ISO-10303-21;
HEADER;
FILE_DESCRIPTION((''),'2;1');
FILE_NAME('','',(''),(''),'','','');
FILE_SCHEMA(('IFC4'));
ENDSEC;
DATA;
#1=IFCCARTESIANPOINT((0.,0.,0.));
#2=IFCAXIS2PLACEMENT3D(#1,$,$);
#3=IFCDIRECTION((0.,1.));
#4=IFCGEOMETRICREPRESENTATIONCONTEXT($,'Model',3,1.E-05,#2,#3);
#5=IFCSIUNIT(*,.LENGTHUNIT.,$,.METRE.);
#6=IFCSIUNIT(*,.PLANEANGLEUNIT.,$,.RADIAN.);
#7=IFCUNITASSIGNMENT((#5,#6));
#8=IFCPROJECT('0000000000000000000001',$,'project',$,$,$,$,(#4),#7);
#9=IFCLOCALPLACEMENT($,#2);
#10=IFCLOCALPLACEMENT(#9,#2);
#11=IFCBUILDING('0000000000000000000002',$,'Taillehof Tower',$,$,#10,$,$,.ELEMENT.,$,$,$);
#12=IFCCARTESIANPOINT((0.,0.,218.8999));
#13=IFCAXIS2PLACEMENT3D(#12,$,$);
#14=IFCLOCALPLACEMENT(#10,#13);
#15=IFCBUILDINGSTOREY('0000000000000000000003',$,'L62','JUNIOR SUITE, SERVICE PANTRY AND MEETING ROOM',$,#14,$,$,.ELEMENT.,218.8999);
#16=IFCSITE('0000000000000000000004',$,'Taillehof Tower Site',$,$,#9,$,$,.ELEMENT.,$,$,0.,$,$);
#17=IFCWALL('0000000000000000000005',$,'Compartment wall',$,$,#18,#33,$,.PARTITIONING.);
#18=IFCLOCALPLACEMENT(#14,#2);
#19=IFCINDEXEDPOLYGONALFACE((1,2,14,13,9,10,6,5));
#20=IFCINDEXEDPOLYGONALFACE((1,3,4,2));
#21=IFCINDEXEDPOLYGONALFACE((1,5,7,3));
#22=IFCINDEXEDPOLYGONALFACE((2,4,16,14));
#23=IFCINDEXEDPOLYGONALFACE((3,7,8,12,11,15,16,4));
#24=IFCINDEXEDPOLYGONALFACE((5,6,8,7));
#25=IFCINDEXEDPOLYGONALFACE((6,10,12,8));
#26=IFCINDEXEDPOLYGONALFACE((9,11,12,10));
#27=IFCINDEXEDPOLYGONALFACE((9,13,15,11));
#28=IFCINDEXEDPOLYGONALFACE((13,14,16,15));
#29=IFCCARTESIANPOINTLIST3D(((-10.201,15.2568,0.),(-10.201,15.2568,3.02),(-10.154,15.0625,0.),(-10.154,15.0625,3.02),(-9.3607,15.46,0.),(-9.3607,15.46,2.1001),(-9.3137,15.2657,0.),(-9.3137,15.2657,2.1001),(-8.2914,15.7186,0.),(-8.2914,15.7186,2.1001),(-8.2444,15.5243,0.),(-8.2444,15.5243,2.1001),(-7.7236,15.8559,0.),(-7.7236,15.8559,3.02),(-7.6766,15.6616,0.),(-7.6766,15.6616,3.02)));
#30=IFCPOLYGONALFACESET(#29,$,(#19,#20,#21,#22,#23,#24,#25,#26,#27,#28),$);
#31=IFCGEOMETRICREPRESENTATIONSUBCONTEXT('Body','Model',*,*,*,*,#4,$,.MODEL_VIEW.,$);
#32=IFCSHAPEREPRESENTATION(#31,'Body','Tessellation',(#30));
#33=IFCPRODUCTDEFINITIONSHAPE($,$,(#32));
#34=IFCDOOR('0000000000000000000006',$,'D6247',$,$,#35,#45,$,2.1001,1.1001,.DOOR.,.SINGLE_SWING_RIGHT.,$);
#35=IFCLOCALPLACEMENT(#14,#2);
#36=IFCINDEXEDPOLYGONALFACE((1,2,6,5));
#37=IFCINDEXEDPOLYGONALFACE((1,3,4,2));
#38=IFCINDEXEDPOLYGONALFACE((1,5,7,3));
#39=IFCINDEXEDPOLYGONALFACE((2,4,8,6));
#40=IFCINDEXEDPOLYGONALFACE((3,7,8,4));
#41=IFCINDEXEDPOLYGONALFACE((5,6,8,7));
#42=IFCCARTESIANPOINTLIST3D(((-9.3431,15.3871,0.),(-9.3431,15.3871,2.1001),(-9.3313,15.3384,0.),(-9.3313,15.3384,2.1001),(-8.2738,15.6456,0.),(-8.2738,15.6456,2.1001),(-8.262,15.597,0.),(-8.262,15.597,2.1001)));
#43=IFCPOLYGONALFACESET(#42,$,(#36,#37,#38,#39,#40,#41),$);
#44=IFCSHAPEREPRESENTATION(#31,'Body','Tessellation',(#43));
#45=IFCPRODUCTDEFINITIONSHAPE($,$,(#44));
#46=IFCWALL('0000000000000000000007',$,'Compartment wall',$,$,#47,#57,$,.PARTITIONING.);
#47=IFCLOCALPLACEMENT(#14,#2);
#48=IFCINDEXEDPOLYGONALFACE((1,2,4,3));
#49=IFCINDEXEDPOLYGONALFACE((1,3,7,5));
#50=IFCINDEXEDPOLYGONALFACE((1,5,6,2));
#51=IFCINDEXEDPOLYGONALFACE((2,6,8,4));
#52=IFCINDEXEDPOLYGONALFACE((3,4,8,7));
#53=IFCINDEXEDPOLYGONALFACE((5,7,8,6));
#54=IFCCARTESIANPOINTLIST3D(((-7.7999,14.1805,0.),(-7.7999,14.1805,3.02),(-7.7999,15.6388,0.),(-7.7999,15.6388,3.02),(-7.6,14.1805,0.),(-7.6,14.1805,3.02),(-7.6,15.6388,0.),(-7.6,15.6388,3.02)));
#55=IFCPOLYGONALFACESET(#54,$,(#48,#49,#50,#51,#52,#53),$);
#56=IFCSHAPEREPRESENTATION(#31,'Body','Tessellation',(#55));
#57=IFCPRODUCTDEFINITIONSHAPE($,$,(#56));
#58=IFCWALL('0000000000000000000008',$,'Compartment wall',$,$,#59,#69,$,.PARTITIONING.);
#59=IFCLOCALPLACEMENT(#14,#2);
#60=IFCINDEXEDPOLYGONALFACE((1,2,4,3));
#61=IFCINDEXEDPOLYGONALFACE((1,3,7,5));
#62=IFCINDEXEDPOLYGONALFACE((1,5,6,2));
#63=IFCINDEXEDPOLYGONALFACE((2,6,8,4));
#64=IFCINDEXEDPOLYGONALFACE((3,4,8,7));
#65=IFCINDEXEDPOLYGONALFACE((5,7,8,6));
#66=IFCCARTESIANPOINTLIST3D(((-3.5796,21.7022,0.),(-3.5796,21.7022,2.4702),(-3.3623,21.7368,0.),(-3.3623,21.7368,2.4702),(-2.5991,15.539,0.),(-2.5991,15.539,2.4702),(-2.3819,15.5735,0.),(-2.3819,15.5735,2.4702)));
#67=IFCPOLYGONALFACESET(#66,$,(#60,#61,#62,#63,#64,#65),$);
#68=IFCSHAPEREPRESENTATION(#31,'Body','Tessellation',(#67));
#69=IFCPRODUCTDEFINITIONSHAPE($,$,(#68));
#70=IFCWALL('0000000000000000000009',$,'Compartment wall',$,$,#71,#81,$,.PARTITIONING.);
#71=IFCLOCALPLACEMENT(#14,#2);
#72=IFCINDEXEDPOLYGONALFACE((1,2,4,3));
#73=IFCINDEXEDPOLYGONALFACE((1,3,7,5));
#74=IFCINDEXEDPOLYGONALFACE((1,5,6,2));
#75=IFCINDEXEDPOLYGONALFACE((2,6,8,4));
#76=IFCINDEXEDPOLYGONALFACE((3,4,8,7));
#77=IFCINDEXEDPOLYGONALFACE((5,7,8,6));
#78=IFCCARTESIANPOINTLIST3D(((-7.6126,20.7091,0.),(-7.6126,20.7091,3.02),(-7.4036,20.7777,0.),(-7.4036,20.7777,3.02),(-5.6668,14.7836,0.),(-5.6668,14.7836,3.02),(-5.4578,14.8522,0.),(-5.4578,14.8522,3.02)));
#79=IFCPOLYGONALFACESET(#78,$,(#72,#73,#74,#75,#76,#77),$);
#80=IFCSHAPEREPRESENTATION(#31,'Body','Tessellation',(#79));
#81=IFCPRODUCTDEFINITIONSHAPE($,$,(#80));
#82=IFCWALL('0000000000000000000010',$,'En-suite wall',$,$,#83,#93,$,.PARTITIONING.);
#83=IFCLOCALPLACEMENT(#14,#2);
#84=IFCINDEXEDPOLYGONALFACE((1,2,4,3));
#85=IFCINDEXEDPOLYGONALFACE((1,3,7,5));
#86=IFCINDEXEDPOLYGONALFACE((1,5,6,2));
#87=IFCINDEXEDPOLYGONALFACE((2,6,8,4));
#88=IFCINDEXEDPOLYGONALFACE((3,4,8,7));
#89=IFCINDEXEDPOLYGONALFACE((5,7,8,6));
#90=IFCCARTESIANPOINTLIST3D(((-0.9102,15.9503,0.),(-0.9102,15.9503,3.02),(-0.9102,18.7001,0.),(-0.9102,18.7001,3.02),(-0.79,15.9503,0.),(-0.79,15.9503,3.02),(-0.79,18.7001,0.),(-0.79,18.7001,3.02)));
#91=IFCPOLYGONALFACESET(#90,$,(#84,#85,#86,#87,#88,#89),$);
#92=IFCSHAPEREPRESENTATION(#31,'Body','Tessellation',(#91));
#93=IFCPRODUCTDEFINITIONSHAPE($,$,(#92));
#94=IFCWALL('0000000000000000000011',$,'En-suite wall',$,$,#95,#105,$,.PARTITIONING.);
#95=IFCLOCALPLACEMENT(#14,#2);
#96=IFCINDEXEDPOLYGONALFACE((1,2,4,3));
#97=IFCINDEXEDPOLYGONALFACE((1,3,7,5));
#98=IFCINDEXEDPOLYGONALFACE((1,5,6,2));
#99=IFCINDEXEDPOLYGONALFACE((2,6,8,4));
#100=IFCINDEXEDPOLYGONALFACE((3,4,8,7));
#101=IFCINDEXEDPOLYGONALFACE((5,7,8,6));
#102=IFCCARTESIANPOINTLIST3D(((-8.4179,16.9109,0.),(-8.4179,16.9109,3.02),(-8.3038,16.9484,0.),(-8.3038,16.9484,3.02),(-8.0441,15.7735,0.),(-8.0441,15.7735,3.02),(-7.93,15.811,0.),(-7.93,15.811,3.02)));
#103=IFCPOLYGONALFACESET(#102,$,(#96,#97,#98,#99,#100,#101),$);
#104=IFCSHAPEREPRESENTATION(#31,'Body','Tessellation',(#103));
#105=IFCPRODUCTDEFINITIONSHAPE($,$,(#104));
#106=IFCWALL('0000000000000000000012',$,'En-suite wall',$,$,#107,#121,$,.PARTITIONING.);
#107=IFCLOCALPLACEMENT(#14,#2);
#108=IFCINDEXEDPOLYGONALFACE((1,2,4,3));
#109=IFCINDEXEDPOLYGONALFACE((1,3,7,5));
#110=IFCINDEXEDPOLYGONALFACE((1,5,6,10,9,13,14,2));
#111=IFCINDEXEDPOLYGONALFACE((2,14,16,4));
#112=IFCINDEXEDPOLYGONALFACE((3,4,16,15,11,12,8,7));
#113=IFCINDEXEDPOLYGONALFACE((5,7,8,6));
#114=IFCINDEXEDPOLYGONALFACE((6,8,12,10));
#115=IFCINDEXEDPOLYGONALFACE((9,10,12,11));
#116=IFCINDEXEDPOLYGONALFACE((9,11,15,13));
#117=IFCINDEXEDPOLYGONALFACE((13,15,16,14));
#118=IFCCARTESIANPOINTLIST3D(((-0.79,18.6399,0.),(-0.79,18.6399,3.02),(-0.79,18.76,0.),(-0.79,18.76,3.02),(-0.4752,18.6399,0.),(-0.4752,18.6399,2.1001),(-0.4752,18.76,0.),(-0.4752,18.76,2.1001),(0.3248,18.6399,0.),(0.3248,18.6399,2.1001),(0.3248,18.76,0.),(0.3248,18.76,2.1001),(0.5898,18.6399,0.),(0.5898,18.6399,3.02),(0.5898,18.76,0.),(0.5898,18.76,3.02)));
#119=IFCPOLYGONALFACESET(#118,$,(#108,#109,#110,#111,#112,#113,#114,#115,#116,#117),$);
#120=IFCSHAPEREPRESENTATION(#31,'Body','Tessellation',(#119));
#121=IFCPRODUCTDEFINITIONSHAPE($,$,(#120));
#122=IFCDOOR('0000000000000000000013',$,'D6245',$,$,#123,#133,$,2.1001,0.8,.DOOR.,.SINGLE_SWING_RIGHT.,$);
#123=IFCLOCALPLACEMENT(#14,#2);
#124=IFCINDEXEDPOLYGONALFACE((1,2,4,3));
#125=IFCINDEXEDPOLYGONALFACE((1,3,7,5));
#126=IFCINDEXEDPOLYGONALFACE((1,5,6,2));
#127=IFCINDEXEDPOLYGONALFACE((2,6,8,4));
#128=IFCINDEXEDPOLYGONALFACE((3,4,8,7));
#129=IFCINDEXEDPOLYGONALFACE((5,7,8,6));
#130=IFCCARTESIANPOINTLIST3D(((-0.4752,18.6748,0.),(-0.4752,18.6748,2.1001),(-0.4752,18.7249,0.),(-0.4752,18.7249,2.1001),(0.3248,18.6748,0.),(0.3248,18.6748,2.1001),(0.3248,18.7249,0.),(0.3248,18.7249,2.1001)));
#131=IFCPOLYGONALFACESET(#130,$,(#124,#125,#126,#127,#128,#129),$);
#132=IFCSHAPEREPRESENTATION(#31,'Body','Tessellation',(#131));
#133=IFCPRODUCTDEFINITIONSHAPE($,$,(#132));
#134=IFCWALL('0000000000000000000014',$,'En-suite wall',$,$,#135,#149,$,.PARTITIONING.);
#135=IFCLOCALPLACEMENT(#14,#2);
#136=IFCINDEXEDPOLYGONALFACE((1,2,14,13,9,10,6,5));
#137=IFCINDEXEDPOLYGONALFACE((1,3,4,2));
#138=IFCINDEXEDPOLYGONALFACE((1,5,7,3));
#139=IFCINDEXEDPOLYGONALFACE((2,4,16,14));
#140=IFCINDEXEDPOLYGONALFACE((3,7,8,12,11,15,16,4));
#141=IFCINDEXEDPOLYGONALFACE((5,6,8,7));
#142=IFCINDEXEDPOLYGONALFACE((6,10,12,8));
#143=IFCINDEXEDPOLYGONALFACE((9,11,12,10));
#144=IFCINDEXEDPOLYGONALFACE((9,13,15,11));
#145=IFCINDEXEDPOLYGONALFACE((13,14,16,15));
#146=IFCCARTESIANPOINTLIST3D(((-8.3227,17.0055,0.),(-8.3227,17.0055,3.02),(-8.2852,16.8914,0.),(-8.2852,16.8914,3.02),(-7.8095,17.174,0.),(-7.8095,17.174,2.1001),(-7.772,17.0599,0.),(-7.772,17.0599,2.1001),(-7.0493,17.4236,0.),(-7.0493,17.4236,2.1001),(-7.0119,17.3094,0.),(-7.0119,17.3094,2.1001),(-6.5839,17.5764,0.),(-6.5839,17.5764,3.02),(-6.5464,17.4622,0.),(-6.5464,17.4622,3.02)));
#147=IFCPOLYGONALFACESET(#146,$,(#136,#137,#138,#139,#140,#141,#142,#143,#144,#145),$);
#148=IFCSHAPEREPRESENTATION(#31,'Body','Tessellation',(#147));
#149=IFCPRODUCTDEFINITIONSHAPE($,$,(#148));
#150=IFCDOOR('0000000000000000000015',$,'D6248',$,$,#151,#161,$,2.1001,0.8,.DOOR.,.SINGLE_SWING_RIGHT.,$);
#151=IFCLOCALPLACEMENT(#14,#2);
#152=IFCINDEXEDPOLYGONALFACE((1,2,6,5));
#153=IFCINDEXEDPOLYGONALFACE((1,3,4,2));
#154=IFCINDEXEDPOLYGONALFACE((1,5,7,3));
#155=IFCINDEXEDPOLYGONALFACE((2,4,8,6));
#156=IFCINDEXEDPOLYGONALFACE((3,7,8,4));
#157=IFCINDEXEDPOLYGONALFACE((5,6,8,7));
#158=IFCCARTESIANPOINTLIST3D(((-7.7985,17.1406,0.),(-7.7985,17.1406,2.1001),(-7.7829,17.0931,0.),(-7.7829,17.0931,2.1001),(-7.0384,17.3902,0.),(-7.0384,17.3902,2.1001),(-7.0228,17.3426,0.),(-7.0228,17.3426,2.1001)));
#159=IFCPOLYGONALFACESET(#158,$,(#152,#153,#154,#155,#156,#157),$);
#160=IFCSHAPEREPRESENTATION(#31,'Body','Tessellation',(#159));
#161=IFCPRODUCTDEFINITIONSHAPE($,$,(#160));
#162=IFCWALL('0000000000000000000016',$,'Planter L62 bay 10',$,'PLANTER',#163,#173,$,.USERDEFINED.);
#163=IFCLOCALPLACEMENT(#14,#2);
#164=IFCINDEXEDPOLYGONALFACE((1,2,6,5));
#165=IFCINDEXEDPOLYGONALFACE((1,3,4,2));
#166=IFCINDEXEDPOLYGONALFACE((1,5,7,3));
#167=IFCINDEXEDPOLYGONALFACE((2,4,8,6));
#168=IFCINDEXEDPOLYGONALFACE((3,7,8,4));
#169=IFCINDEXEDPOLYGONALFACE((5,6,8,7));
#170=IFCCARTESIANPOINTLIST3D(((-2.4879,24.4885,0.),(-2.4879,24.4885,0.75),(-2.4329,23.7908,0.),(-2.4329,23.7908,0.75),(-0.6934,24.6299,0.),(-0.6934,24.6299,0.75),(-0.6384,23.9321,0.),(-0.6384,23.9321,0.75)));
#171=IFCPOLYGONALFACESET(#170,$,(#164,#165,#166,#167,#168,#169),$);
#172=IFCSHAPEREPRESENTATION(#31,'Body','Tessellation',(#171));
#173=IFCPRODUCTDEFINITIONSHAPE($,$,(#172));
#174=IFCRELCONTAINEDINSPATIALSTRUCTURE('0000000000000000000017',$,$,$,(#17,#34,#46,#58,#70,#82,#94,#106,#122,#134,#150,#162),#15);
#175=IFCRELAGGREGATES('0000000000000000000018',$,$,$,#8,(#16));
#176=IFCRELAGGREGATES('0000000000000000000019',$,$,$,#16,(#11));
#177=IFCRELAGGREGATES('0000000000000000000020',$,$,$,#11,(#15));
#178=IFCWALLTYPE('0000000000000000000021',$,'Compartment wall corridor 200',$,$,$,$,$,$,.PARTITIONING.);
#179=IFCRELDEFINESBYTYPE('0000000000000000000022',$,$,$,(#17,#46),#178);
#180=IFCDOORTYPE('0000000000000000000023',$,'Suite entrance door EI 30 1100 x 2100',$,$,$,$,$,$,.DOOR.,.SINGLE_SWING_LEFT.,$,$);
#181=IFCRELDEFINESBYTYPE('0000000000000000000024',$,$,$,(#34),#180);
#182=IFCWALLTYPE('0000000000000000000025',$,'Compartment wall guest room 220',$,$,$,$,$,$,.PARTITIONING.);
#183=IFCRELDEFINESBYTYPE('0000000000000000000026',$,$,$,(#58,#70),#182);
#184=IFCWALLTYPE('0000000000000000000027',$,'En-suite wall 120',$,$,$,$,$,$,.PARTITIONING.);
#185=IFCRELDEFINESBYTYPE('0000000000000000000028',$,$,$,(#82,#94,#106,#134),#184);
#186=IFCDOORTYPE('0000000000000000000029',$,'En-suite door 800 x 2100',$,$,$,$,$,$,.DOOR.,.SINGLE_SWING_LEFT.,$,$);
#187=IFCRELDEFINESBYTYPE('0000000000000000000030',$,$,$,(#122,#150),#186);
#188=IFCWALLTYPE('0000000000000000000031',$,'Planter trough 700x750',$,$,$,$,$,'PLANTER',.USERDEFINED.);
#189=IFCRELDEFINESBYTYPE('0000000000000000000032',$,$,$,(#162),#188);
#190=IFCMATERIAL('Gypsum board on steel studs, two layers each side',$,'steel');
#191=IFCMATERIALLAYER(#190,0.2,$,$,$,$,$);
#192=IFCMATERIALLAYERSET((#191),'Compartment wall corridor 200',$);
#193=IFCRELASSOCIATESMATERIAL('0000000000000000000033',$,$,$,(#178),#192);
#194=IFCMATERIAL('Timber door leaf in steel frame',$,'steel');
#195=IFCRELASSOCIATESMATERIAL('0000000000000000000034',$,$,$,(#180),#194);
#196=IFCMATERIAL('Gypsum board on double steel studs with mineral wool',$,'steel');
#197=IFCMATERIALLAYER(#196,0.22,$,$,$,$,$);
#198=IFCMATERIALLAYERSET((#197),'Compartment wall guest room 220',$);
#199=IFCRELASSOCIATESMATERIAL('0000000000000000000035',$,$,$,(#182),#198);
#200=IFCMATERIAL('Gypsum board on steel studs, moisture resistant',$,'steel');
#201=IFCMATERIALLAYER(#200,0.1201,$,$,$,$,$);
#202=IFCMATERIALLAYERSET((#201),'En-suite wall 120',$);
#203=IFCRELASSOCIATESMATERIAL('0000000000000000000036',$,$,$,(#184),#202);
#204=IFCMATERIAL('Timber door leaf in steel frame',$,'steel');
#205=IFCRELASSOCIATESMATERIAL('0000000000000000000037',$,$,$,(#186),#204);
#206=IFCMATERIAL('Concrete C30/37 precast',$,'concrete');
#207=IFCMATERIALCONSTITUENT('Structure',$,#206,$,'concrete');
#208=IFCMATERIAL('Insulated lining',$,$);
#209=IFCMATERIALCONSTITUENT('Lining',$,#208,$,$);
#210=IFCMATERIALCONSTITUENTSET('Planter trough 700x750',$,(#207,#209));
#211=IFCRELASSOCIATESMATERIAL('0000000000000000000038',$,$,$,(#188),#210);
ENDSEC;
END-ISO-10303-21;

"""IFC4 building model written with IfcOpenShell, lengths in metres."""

from ifc_helpers import new_model, si_unit, direction, frame, frame_2d, origin, place, context, subcontext, project, spatial, rectangle, extrude, material, layer, layer_set, constituent, constituent_set, type_object, element, fill, save


model = new_model("IFC4")

# Units and contexts
model_context = context("Model", 3, precision=1e-05, world=origin(), true_north=direction((0.0, 1.0)))
body_context = subcontext(model_context, "Body", "Model", "MODEL_VIEW")
ifc_project = project(units=[si_unit("LENGTHUNIT", "METRE"), si_unit("PLANEANGLEUNIT", "RADIAN")], contexts=[model_context])

# Site, building, storey
site_placement = place(None, origin())
site = spatial("IfcSite", under=ifc_project, at=site_placement, Name="Taillehof Tower Site", CompositionType="ELEMENT", RefElevation=0.0)
building_placement = place(site_placement, origin())
building = spatial("IfcBuilding", under=site, at=building_placement, Name="Taillehof Tower", CompositionType="ELEMENT")
storey_placement = place(building_placement, frame((0.0, 0.0, 218.8999)))
storey = spatial("IfcBuildingStorey", under=building, at=storey_placement, Name="L62", Description="JUNIOR SUITE, SERVICE PANTRY AND MEETING ROOM", CompositionType="ELEMENT", Elevation=218.8999)

# Shared definitions
ifc_material_1 = material(Name="Gypsum board on steel studs, two layers each side", Category="steel")
ifc_layer_1 = layer(ifc_material_1, 0.2)
ifc_layer_set_1 = layer_set([ifc_layer_1], Name="Compartment wall corridor 200")
wall_type_1 = type_object("IfcWallType", Name="Compartment wall corridor 200", PredefinedType="PARTITIONING", material=ifc_layer_set_1)

# Wall, opening, door
wall_1_placement = place(storey_placement, frame((-10.1775, 15.1597, 0.0), z_axis=(0.0, 0.0, 1.0), x_axis=(0.971984, 0.235046, 0.0)))
wall_1 = element("IfcWall", 1, at=wall_1_placement, inside=storey, type_object=wall_type_1, Name="Compartment wall", PredefinedType="PARTITIONING", context=body_context, shape_type="SweptSolid", body=[
    extrude(rectangle(XDim=2.5488, YDim=0.2, at=frame_2d((1.2744, 0.0))), origin(), (0.0, 0.0, 1.0), 3.02),
])
opening_1_placement = place(wall_1_placement, frame((0.8645, 0.0, 0.0)))
opening_1 = element("IfcOpeningElement", 2, at=opening_1_placement, cuts=wall_1, PredefinedType="OPENING", context=body_context, shape_type="SweptSolid", body=[
    extrude(rectangle(XDim=1.1001, YDim=2.1001, at=frame_2d((0.55, 1.05))), frame((0.0, 0.1099, 0.0), z_axis=(0.0, -1.0, 0.0), x_axis=(1.0, 0.0, 0.0)), (0.0, 0.0, 1.0), 0.22),
])
ifc_material_2 = material(Name="Timber door leaf in steel frame", Category="steel")
door_type_1 = type_object("IfcDoorType", Name="Suite entrance door EI 30 1100 x 2100", OperationType="SINGLE_SWING_LEFT", PredefinedType="DOOR", material=ifc_material_2)
door_1_placement = place(opening_1_placement, origin())
door_1 = element("IfcDoor", 3, at=door_1_placement, inside=storey, type_object=door_type_1, Name="D6247", OperationType="SINGLE_SWING_RIGHT", OverallHeight=2.1001, OverallWidth=1.1001, PredefinedType="DOOR", context=body_context, shape_type="SweptSolid", body=[
    extrude(rectangle(XDim=1.1001, YDim=2.1001, at=frame_2d((0.55, 1.05))), frame((0.0, 0.0249, 0.0), z_axis=(0.0, -1.0, 0.0), x_axis=(1.0, 0.0, 0.0)), (0.0, 0.0, 1.0), 0.05),
])
fill(opening_1, door_1)

# Walls
wall_2_placement = place(storey_placement, frame((-7.7, 15.6387, 0.0), z_axis=(0.0, 0.0, 1.0), x_axis=(0.0, -1.0, 0.0)))
element("IfcWall", 4, at=wall_2_placement, inside=storey, type_object=wall_type_1, Name="Compartment wall", PredefinedType="PARTITIONING", context=body_context, shape_type="SweptSolid", body=[
    extrude(rectangle(XDim=1.4583, YDim=0.2, at=frame_2d((0.729, 0.0))), origin(), (0.0, 0.0, 1.0), 3.02),
])
ifc_material_3 = material(Name="Gypsum board on double steel studs with mineral wool", Category="steel")
ifc_layer_2 = layer(ifc_material_3, 0.22)
ifc_layer_set_2 = layer_set([ifc_layer_2], Name="Compartment wall guest room 220")
wall_type_2 = type_object("IfcWallType", Name="Compartment wall guest room 220", PredefinedType="PARTITIONING", material=ifc_layer_set_2)
wall_3_placement = place(storey_placement, frame((-3.4709, 21.7195, 0.0), z_axis=(0.0, 0.0, 1.0), x_axis=(0.157106, -0.987582, 0.0)))
element("IfcWall", 5, at=wall_3_placement, inside=storey, type_object=wall_type_2, Name="Compartment wall", PredefinedType="PARTITIONING", context=body_context, shape_type="SweptSolid", body=[
    extrude(rectangle(XDim=6.2407, YDim=0.22, at=frame_2d((3.1204, 0.0))), origin(), (0.0, 0.0, 1.0), 2.4702),
])
wall_4_placement = place(storey_placement, frame((-7.5081, 20.7434, 0.0), z_axis=(0.0, 0.0, 1.0), x_axis=(0.311985, -0.950087, 0.0)))
element("IfcWall", 6, at=wall_4_placement, inside=storey, type_object=wall_type_2, Name="Compartment wall", PredefinedType="PARTITIONING", context=body_context, shape_type="SweptSolid", body=[
    extrude(rectangle(XDim=6.2368, YDim=0.22, at=frame_2d((3.1184, 0.0))), origin(), (0.0, 0.0, 1.0), 3.02),
])
ifc_material_4 = material(Name="Gypsum board on steel studs, moisture resistant", Category="steel")
ifc_layer_3 = layer(ifc_material_4, 0.1201)
ifc_layer_set_3 = layer_set([ifc_layer_3], Name="En-suite wall 120")
wall_type_3 = type_object("IfcWallType", Name="En-suite wall 120", PredefinedType="PARTITIONING", material=ifc_layer_set_3)
wall_5_placement = place(storey_placement, frame((-0.8501, 15.9502, 0.0), z_axis=(0.0, 0.0, 1.0), x_axis=(0.0, 1.0, 0.0)))
element("IfcWall", 7, at=wall_5_placement, inside=storey, type_object=wall_type_3, Name="En-suite wall", PredefinedType="PARTITIONING", context=body_context, shape_type="SweptSolid", body=[
    extrude(rectangle(XDim=2.7498, YDim=0.1201, at=frame_2d((1.375, 0.0))), origin(), (0.0, 0.0, 1.0), 3.02),
])
wall_6_placement = place(storey_placement, frame((-7.9871, 15.7922, 0.0), z_axis=(0.0, 0.0, 1.0), x_axis=(-0.312187, 0.950021, 0.0)))
element("IfcWall", 8, at=wall_6_placement, inside=storey, type_object=wall_type_3, Name="En-suite wall", PredefinedType="PARTITIONING", context=body_context, shape_type="SweptSolid", body=[
    extrude(rectangle(XDim=1.1973, YDim=0.1201, at=frame_2d((0.5986, 0.0))), origin(), (0.0, 0.0, 1.0), 3.02),
])

# Walls, openings, doors
wall_7_placement = place(storey_placement, frame((-0.79, 18.7, 0.0), z_axis=(0.0, 0.0, 1.0), x_axis=(1.0, 0.0, 0.0)))
wall_7 = element("IfcWall", 9, at=wall_7_placement, inside=storey, type_object=wall_type_3, Name="En-suite wall", PredefinedType="PARTITIONING", context=body_context, shape_type="SweptSolid", body=[
    extrude(rectangle(XDim=1.3799, YDim=0.1201, at=frame_2d((0.6899, 0.0))), origin(), (0.0, 0.0, 1.0), 3.02),
])
opening_2_placement = place(wall_7_placement, frame((0.3149, 0.0, 0.0)))
opening_2 = element("IfcOpeningElement", 10, at=opening_2_placement, cuts=wall_7, PredefinedType="OPENING", context=body_context, shape_type="SweptSolid", body=[
    extrude(rectangle(XDim=0.8, YDim=2.1001, at=frame_2d((0.3999, 1.05))), frame((0.0, 0.0701, 0.0), z_axis=(0.0, -1.0, 0.0), x_axis=(1.0, 0.0, 0.0)), (0.0, 0.0, 1.0), 0.1401),
])
ifc_material_5 = material(Name="Timber door leaf in steel frame", Category="steel")
door_type_2 = type_object("IfcDoorType", Name="En-suite door 800 x 2100", OperationType="SINGLE_SWING_LEFT", PredefinedType="DOOR", material=ifc_material_5)
door_2_placement = place(opening_2_placement, origin())
door_2 = element("IfcDoor", 11, at=door_2_placement, inside=storey, type_object=door_type_2, Name="D6245", OperationType="SINGLE_SWING_RIGHT", OverallHeight=2.1001, OverallWidth=0.8, PredefinedType="DOOR", context=body_context, shape_type="SweptSolid", body=[
    extrude(rectangle(XDim=0.8, YDim=2.1001, at=frame_2d((0.3999, 1.05))), frame((0.0, 0.0249, 0.0), z_axis=(0.0, -1.0, 0.0), x_axis=(1.0, 0.0, 0.0)), (0.0, 0.0, 1.0), 0.05),
])
fill(opening_2, door_2)
wall_8_placement = place(storey_placement, frame((-8.304, 16.9485, 0.0), z_axis=(0.0, 0.0, 1.0), x_axis=(0.950114, 0.311902, 0.0)))
wall_8 = element("IfcWall", 12, at=wall_8_placement, inside=storey, type_object=wall_type_3, Name="En-suite wall", PredefinedType="PARTITIONING", context=body_context, shape_type="SweptSolid", body=[
    extrude(rectangle(XDim=1.8301, YDim=0.1201, at=frame_2d((0.915, 0.0))), origin(), (0.0, 0.0, 1.0), 3.02),
])
opening_3_placement = place(wall_8_placement, frame((0.5403, 0.0, 0.0)))
opening_3 = element("IfcOpeningElement", 13, at=opening_3_placement, cuts=wall_8, PredefinedType="OPENING", context=body_context, shape_type="SweptSolid", body=[
    extrude(rectangle(XDim=0.8, YDim=2.1001, at=frame_2d((0.3999, 1.05))), frame((0.0, 0.0701, 0.0), z_axis=(0.0, -1.0, 0.0), x_axis=(1.0, 0.0, 0.0)), (0.0, 0.0, 1.0), 0.1401),
])
door_3_placement = place(opening_3_placement, origin())
door_3 = element("IfcDoor", 14, at=door_3_placement, inside=storey, type_object=door_type_2, Name="D6248", OperationType="SINGLE_SWING_RIGHT", OverallHeight=2.1001, OverallWidth=0.8, PredefinedType="DOOR", context=body_context, shape_type="SweptSolid", body=[
    extrude(rectangle(XDim=0.8, YDim=2.1001, at=frame_2d((0.3999, 1.05))), frame((0.0, 0.0249, 0.0), z_axis=(0.0, -1.0, 0.0), x_axis=(1.0, 0.0, 0.0)), (0.0, 0.0, 1.0), 0.05),
])
fill(opening_3, door_3)

# Wall
ifc_material_6 = material(Name="Concrete C30/37 precast", Category="concrete")
ifc_constituent_1 = constituent(ifc_material_6, Name="Structure", Category="concrete")
ifc_material_7 = material(Name="Insulated lining")
ifc_constituent_2 = constituent(ifc_material_7, Name="Lining")
ifc_constituent_set = constituent_set(constituents=[ifc_constituent_1, ifc_constituent_2], Name="Planter trough 700x750")
wall_type_4 = type_object("IfcWallType", Name="Planter trough 700x750", ElementType="PLANTER", PredefinedType="USERDEFINED", material=ifc_constituent_set)
wall_9_placement = place(storey_placement, frame((-0.666, 24.281, 0.0), z_axis=(0.0, 0.0, 1.0), x_axis=(-0.996912, -0.078532, 0.0)))
element("IfcWall", 15, at=wall_9_placement, inside=storey, type_object=wall_type_4, Name="Planter L62 bay 10", ObjectType="PLANTER", PredefinedType="USERDEFINED", context=body_context, shape_type="SweptSolid", body=[
    extrude(rectangle(XDim=1.8, YDim=0.7, at=frame_2d((0.8999, 0.0))), origin(), (0.0, 0.0, 1.0), 0.75),
])

save(model, "model.ifc")
